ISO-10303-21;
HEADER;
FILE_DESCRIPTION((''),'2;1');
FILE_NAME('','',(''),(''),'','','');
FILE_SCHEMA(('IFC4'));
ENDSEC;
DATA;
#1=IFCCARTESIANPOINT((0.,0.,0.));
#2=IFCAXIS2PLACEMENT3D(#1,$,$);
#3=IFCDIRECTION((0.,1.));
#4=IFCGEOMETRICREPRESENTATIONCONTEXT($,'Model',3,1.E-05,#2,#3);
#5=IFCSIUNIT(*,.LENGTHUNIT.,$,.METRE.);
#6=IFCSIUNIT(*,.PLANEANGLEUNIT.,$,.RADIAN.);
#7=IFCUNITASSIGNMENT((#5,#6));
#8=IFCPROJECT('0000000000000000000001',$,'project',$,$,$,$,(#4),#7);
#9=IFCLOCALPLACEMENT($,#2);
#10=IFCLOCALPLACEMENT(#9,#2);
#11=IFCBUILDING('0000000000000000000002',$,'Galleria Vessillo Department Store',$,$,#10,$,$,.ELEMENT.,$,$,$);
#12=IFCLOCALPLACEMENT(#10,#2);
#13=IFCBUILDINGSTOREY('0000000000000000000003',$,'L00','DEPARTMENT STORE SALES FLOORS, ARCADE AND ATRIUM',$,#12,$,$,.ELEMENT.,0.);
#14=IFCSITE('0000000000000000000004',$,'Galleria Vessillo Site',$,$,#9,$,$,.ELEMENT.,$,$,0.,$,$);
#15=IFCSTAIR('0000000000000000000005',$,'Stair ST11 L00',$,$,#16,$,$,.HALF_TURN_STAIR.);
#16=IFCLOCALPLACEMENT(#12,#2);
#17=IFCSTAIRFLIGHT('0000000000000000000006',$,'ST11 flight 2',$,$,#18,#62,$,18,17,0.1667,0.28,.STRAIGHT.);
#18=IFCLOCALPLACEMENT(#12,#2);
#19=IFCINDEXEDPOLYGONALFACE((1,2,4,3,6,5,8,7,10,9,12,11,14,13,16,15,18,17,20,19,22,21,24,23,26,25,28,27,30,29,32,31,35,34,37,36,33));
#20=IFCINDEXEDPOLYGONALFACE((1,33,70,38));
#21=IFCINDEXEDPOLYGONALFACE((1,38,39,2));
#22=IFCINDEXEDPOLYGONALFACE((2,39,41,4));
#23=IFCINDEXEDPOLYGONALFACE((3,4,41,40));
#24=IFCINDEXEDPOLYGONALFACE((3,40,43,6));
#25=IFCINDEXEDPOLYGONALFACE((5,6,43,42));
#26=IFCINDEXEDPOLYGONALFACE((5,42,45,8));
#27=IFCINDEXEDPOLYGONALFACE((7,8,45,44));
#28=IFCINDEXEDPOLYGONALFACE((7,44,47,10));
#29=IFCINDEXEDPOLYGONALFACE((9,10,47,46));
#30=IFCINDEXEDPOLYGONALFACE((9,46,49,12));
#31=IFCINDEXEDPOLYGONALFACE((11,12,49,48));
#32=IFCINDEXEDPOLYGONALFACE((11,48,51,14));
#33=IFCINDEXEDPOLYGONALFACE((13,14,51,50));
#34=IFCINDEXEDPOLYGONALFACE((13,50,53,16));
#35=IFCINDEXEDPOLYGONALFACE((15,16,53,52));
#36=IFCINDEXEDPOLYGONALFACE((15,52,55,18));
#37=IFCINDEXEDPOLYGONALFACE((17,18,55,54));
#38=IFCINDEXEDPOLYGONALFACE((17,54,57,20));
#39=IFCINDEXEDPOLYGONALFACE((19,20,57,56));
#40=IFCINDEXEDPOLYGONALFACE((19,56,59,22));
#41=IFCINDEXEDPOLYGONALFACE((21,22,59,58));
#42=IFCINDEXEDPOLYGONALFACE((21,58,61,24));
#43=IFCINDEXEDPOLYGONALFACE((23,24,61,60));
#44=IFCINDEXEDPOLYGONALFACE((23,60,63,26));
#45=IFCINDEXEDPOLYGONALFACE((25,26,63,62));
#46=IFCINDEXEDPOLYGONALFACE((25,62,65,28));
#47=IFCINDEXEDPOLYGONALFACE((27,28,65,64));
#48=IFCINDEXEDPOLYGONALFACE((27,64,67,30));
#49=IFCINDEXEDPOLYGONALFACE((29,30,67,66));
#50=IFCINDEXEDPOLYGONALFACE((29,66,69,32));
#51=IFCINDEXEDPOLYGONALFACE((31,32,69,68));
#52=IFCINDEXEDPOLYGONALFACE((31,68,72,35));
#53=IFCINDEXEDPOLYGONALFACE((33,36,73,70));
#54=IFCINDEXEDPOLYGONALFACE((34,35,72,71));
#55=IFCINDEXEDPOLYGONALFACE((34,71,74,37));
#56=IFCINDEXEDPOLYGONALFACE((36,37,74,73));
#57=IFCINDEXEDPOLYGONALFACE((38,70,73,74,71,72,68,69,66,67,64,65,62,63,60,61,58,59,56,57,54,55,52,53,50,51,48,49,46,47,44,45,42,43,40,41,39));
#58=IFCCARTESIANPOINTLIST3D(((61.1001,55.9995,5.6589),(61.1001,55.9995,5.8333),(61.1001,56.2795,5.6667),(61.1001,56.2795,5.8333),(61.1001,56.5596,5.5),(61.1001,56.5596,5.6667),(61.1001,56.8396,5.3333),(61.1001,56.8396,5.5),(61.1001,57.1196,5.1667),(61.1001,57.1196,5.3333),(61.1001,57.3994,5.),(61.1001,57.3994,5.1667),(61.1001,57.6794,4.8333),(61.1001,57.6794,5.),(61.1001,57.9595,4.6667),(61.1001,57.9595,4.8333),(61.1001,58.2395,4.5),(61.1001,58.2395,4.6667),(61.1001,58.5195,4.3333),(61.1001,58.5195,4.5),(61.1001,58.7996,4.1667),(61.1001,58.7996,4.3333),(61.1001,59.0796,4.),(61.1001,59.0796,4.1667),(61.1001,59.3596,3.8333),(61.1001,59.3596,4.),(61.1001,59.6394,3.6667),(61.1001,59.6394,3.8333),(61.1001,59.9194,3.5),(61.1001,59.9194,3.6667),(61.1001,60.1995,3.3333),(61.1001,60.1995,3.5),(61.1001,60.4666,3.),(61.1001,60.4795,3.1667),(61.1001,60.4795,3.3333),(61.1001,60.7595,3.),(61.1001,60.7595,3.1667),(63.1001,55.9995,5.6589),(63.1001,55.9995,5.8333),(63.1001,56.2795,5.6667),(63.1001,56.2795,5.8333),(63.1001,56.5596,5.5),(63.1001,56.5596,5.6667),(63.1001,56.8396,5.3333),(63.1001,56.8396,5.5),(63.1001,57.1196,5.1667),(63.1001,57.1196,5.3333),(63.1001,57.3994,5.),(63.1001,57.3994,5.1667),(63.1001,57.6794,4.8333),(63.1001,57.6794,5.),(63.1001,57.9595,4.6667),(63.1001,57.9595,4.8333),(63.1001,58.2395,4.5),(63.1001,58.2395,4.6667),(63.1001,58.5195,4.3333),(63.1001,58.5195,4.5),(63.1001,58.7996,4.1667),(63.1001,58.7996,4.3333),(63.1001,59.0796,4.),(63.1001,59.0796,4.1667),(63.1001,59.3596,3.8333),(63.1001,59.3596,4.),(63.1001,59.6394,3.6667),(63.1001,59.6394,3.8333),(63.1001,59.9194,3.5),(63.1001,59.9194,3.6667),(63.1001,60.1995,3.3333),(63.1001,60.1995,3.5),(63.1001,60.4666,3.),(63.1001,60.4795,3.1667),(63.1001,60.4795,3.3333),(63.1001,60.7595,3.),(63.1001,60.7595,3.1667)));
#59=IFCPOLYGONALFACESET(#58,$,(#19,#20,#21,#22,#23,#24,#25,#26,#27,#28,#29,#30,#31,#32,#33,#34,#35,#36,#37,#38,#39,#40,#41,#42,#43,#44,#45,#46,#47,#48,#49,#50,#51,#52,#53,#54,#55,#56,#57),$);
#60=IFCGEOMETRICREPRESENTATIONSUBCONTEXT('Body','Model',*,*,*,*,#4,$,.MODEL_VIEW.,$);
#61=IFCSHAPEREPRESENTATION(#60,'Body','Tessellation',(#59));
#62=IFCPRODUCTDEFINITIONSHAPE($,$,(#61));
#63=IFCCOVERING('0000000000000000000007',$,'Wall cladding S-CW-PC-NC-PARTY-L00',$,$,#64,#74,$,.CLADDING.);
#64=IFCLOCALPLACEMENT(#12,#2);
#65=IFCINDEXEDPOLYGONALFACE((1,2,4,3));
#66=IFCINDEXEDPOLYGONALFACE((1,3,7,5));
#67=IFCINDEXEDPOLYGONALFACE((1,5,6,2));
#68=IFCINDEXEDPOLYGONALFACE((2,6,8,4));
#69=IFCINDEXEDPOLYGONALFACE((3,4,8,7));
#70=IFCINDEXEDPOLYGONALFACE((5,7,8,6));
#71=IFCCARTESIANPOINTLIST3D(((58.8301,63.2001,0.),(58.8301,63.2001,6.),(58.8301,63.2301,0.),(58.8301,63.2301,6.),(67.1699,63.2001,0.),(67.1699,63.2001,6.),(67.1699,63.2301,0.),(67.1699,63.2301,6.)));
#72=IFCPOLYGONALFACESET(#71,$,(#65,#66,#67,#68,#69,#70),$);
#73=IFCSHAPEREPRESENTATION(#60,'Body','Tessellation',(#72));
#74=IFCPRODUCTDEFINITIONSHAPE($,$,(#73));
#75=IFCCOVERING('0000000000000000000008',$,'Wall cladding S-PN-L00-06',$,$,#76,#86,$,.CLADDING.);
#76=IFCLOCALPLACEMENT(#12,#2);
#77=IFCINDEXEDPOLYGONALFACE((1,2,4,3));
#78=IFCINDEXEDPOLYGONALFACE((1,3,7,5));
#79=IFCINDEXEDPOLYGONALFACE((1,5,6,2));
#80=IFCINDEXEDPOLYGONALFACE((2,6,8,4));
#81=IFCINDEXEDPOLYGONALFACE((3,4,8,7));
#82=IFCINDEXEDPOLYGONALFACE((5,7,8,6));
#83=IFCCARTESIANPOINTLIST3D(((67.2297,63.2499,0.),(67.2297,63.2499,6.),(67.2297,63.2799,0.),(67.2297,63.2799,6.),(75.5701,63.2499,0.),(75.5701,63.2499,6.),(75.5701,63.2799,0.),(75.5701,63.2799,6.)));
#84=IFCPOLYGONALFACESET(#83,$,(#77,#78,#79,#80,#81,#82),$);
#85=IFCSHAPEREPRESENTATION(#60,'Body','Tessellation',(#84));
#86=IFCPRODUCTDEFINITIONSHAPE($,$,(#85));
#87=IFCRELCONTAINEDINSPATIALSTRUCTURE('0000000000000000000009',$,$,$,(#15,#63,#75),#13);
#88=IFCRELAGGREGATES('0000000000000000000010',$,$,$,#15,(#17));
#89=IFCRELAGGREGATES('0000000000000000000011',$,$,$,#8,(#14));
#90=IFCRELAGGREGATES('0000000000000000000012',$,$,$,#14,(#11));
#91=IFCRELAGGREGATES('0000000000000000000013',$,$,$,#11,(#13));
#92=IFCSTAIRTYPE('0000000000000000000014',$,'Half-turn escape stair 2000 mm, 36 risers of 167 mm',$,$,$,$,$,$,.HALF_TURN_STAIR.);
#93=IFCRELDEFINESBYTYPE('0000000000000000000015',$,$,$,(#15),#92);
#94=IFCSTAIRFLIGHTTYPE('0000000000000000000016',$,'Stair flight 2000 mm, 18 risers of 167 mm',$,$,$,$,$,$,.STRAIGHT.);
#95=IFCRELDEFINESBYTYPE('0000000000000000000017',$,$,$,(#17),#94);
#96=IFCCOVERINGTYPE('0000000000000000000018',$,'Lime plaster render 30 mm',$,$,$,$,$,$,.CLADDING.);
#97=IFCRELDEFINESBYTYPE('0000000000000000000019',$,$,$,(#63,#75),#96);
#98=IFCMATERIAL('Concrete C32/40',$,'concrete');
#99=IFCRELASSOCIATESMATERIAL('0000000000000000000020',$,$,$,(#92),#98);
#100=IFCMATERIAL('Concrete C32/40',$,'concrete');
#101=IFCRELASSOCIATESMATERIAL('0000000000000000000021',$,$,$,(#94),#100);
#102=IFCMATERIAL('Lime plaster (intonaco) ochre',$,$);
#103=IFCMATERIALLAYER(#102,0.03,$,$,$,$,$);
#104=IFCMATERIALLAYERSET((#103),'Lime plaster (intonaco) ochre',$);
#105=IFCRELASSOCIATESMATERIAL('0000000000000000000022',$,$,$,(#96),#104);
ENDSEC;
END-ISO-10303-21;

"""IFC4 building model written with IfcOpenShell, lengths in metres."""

from ifc_helpers import new_model, si_unit, direction, frame, origin, origin_2d, place, context, subcontext, project, spatial, polyline, rectangle, outline, extrude, material, layer, layer_set, type_object, element, aggregate, save


model = new_model("IFC4")

# Units and contexts
model_context = context("Model", 3, precision=1e-05, world=origin(), true_north=direction((0.0, 1.0)))
body_context = subcontext(model_context, "Body", "Model", "MODEL_VIEW")
ifc_project = project(units=[si_unit("LENGTHUNIT", "METRE"), si_unit("PLANEANGLEUNIT", "RADIAN")], contexts=[model_context])

# Site, building, storey
site_placement = place(None, origin())
site = spatial("IfcSite", under=ifc_project, at=site_placement, Name="Galleria Vessillo Site", CompositionType="ELEMENT", RefElevation=0.0)
building_placement = place(site_placement, origin())
building = spatial("IfcBuilding", under=site, at=building_placement, Name="Galleria Vessillo Department Store", CompositionType="ELEMENT")
storey_placement = place(building_placement, origin())
storey = spatial("IfcBuildingStorey", under=building, at=storey_placement, Name="L00", Description="DEPARTMENT STORE SALES FLOORS, ARCADE AND ATRIUM", CompositionType="ELEMENT", Elevation=0.0)

# Stair, stair flight
ifc_material_1 = material(Name="Concrete C32/40", Category="concrete")
stair_type = type_object("IfcStairType", Name="Half-turn escape stair 2000 mm, 36 risers of 167 mm", PredefinedType="HALF_TURN_STAIR", material=ifc_material_1)
stair_placement = place(storey_placement, origin())
stair = element("IfcStair", 1, at=stair_placement, inside=storey, type_object=stair_type, Name="Stair ST11 L00", PredefinedType="HALF_TURN_STAIR")
ifc_material_2 = material(Name="Concrete C32/40", Category="concrete")
stair_flight_type = type_object("IfcStairFlightType", Name="Stair flight 2000 mm, 18 risers of 167 mm", PredefinedType="STRAIGHT", material=ifc_material_2)
stair_flight_1_placement = place(storey_placement, frame((62.1001, 60.7595, 3.0), z_axis=(0.0, 0.0, 1.0), x_axis=(0.0, -1.0, 0.0)))
stair_flight_1 = element("IfcStairFlight", 2, at=stair_flight_1_placement, type_object=stair_flight_type, Name="ST11 flight 2", NumberOfRisers=18, NumberOfTreads=17, PredefinedType="STRAIGHT", RiserHeight=0.1667, TreadLength=0.28, context=body_context, shape_type="SweptSolid", body=[
    extrude(outline(polyline([(0.0, 0.0), (0.0, 0.1667), (0.28, 0.1667), (0.28, 0.3333), (0.5601, 0.3333), (0.5601, 0.5), (0.8401, 0.5), (0.8401, 0.6667), (1.1201, 0.6667), (1.1201, 0.8333), (1.3999, 0.8333), (1.3999, 1.0), (1.6799, 1.0), (1.6799, 1.1667), (1.96, 1.1667), (1.96, 1.3333), (2.24, 1.3333), (2.24, 1.5), (2.52, 1.5), (2.52, 1.6667), (2.8, 1.6667), (2.8, 1.8333), (3.0801, 1.8333), (3.0801, 2.0), (3.3601, 2.0), (3.3601, 2.1667), (3.6399, 2.1667), (3.6399, 2.3333), (3.9199, 2.3333), (3.9199, 2.5), (4.2, 2.5), (4.2, 2.6667), (4.48, 2.6667), (4.48, 2.8333), (4.76, 2.8333), (4.76, 3.0), (4.76, 2.6589), (0.293, 0.0), (0.0, 0.0)])), frame((0.0, 1.0, 0.0), z_axis=(0.0, -1.0, 0.0), x_axis=(1.0, 0.0, 0.0)), (0.0, 0.0, 1.0), 2.0),
])
aggregate(stair, [stair_flight_1])

# Coverings
ifc_material_3 = material(Name="Lime plaster (intonaco) ochre")
ifc_layer_1 = layer(ifc_material_3, 0.03)
ifc_layer_set_1 = layer_set([ifc_layer_1], Name="Lime plaster (intonaco) ochre")
covering_type = type_object("IfcCoveringType", Name="Lime plaster render 30 mm", PredefinedType="CLADDING", material=ifc_layer_set_1)
covering_1_placement = place(storey_placement, frame((63.0, 63.2151, 0.0), z_axis=(0.0, 0.0, 1.0), x_axis=(1.0, 0.0, 0.0)))
element("IfcCovering", 3, at=covering_1_placement, inside=storey, type_object=covering_type, Name="Wall cladding S-CW-PC-NC-PARTY-L00", PredefinedType="CLADDING", context=body_context, shape_type="SweptSolid", body=[
    extrude(rectangle(XDim=8.3398, YDim=0.03, at=origin_2d()), origin(), (0.0, 0.0, 1.0), 6.0),
])
covering_2_placement = place(storey_placement, frame((71.3999, 63.2649, 0.0), z_axis=(0.0, 0.0, 1.0), x_axis=(1.0, 0.0, 0.0)))
element("IfcCovering", 4, at=covering_2_placement, inside=storey, type_object=covering_type, Name="Wall cladding S-PN-L00-06", PredefinedType="CLADDING", context=body_context, shape_type="SweptSolid", body=[
    extrude(rectangle(XDim=8.3403, YDim=0.03, at=origin_2d()), origin(), (0.0, 0.0, 1.0), 6.0),
])

save(model, "model.ifc")
